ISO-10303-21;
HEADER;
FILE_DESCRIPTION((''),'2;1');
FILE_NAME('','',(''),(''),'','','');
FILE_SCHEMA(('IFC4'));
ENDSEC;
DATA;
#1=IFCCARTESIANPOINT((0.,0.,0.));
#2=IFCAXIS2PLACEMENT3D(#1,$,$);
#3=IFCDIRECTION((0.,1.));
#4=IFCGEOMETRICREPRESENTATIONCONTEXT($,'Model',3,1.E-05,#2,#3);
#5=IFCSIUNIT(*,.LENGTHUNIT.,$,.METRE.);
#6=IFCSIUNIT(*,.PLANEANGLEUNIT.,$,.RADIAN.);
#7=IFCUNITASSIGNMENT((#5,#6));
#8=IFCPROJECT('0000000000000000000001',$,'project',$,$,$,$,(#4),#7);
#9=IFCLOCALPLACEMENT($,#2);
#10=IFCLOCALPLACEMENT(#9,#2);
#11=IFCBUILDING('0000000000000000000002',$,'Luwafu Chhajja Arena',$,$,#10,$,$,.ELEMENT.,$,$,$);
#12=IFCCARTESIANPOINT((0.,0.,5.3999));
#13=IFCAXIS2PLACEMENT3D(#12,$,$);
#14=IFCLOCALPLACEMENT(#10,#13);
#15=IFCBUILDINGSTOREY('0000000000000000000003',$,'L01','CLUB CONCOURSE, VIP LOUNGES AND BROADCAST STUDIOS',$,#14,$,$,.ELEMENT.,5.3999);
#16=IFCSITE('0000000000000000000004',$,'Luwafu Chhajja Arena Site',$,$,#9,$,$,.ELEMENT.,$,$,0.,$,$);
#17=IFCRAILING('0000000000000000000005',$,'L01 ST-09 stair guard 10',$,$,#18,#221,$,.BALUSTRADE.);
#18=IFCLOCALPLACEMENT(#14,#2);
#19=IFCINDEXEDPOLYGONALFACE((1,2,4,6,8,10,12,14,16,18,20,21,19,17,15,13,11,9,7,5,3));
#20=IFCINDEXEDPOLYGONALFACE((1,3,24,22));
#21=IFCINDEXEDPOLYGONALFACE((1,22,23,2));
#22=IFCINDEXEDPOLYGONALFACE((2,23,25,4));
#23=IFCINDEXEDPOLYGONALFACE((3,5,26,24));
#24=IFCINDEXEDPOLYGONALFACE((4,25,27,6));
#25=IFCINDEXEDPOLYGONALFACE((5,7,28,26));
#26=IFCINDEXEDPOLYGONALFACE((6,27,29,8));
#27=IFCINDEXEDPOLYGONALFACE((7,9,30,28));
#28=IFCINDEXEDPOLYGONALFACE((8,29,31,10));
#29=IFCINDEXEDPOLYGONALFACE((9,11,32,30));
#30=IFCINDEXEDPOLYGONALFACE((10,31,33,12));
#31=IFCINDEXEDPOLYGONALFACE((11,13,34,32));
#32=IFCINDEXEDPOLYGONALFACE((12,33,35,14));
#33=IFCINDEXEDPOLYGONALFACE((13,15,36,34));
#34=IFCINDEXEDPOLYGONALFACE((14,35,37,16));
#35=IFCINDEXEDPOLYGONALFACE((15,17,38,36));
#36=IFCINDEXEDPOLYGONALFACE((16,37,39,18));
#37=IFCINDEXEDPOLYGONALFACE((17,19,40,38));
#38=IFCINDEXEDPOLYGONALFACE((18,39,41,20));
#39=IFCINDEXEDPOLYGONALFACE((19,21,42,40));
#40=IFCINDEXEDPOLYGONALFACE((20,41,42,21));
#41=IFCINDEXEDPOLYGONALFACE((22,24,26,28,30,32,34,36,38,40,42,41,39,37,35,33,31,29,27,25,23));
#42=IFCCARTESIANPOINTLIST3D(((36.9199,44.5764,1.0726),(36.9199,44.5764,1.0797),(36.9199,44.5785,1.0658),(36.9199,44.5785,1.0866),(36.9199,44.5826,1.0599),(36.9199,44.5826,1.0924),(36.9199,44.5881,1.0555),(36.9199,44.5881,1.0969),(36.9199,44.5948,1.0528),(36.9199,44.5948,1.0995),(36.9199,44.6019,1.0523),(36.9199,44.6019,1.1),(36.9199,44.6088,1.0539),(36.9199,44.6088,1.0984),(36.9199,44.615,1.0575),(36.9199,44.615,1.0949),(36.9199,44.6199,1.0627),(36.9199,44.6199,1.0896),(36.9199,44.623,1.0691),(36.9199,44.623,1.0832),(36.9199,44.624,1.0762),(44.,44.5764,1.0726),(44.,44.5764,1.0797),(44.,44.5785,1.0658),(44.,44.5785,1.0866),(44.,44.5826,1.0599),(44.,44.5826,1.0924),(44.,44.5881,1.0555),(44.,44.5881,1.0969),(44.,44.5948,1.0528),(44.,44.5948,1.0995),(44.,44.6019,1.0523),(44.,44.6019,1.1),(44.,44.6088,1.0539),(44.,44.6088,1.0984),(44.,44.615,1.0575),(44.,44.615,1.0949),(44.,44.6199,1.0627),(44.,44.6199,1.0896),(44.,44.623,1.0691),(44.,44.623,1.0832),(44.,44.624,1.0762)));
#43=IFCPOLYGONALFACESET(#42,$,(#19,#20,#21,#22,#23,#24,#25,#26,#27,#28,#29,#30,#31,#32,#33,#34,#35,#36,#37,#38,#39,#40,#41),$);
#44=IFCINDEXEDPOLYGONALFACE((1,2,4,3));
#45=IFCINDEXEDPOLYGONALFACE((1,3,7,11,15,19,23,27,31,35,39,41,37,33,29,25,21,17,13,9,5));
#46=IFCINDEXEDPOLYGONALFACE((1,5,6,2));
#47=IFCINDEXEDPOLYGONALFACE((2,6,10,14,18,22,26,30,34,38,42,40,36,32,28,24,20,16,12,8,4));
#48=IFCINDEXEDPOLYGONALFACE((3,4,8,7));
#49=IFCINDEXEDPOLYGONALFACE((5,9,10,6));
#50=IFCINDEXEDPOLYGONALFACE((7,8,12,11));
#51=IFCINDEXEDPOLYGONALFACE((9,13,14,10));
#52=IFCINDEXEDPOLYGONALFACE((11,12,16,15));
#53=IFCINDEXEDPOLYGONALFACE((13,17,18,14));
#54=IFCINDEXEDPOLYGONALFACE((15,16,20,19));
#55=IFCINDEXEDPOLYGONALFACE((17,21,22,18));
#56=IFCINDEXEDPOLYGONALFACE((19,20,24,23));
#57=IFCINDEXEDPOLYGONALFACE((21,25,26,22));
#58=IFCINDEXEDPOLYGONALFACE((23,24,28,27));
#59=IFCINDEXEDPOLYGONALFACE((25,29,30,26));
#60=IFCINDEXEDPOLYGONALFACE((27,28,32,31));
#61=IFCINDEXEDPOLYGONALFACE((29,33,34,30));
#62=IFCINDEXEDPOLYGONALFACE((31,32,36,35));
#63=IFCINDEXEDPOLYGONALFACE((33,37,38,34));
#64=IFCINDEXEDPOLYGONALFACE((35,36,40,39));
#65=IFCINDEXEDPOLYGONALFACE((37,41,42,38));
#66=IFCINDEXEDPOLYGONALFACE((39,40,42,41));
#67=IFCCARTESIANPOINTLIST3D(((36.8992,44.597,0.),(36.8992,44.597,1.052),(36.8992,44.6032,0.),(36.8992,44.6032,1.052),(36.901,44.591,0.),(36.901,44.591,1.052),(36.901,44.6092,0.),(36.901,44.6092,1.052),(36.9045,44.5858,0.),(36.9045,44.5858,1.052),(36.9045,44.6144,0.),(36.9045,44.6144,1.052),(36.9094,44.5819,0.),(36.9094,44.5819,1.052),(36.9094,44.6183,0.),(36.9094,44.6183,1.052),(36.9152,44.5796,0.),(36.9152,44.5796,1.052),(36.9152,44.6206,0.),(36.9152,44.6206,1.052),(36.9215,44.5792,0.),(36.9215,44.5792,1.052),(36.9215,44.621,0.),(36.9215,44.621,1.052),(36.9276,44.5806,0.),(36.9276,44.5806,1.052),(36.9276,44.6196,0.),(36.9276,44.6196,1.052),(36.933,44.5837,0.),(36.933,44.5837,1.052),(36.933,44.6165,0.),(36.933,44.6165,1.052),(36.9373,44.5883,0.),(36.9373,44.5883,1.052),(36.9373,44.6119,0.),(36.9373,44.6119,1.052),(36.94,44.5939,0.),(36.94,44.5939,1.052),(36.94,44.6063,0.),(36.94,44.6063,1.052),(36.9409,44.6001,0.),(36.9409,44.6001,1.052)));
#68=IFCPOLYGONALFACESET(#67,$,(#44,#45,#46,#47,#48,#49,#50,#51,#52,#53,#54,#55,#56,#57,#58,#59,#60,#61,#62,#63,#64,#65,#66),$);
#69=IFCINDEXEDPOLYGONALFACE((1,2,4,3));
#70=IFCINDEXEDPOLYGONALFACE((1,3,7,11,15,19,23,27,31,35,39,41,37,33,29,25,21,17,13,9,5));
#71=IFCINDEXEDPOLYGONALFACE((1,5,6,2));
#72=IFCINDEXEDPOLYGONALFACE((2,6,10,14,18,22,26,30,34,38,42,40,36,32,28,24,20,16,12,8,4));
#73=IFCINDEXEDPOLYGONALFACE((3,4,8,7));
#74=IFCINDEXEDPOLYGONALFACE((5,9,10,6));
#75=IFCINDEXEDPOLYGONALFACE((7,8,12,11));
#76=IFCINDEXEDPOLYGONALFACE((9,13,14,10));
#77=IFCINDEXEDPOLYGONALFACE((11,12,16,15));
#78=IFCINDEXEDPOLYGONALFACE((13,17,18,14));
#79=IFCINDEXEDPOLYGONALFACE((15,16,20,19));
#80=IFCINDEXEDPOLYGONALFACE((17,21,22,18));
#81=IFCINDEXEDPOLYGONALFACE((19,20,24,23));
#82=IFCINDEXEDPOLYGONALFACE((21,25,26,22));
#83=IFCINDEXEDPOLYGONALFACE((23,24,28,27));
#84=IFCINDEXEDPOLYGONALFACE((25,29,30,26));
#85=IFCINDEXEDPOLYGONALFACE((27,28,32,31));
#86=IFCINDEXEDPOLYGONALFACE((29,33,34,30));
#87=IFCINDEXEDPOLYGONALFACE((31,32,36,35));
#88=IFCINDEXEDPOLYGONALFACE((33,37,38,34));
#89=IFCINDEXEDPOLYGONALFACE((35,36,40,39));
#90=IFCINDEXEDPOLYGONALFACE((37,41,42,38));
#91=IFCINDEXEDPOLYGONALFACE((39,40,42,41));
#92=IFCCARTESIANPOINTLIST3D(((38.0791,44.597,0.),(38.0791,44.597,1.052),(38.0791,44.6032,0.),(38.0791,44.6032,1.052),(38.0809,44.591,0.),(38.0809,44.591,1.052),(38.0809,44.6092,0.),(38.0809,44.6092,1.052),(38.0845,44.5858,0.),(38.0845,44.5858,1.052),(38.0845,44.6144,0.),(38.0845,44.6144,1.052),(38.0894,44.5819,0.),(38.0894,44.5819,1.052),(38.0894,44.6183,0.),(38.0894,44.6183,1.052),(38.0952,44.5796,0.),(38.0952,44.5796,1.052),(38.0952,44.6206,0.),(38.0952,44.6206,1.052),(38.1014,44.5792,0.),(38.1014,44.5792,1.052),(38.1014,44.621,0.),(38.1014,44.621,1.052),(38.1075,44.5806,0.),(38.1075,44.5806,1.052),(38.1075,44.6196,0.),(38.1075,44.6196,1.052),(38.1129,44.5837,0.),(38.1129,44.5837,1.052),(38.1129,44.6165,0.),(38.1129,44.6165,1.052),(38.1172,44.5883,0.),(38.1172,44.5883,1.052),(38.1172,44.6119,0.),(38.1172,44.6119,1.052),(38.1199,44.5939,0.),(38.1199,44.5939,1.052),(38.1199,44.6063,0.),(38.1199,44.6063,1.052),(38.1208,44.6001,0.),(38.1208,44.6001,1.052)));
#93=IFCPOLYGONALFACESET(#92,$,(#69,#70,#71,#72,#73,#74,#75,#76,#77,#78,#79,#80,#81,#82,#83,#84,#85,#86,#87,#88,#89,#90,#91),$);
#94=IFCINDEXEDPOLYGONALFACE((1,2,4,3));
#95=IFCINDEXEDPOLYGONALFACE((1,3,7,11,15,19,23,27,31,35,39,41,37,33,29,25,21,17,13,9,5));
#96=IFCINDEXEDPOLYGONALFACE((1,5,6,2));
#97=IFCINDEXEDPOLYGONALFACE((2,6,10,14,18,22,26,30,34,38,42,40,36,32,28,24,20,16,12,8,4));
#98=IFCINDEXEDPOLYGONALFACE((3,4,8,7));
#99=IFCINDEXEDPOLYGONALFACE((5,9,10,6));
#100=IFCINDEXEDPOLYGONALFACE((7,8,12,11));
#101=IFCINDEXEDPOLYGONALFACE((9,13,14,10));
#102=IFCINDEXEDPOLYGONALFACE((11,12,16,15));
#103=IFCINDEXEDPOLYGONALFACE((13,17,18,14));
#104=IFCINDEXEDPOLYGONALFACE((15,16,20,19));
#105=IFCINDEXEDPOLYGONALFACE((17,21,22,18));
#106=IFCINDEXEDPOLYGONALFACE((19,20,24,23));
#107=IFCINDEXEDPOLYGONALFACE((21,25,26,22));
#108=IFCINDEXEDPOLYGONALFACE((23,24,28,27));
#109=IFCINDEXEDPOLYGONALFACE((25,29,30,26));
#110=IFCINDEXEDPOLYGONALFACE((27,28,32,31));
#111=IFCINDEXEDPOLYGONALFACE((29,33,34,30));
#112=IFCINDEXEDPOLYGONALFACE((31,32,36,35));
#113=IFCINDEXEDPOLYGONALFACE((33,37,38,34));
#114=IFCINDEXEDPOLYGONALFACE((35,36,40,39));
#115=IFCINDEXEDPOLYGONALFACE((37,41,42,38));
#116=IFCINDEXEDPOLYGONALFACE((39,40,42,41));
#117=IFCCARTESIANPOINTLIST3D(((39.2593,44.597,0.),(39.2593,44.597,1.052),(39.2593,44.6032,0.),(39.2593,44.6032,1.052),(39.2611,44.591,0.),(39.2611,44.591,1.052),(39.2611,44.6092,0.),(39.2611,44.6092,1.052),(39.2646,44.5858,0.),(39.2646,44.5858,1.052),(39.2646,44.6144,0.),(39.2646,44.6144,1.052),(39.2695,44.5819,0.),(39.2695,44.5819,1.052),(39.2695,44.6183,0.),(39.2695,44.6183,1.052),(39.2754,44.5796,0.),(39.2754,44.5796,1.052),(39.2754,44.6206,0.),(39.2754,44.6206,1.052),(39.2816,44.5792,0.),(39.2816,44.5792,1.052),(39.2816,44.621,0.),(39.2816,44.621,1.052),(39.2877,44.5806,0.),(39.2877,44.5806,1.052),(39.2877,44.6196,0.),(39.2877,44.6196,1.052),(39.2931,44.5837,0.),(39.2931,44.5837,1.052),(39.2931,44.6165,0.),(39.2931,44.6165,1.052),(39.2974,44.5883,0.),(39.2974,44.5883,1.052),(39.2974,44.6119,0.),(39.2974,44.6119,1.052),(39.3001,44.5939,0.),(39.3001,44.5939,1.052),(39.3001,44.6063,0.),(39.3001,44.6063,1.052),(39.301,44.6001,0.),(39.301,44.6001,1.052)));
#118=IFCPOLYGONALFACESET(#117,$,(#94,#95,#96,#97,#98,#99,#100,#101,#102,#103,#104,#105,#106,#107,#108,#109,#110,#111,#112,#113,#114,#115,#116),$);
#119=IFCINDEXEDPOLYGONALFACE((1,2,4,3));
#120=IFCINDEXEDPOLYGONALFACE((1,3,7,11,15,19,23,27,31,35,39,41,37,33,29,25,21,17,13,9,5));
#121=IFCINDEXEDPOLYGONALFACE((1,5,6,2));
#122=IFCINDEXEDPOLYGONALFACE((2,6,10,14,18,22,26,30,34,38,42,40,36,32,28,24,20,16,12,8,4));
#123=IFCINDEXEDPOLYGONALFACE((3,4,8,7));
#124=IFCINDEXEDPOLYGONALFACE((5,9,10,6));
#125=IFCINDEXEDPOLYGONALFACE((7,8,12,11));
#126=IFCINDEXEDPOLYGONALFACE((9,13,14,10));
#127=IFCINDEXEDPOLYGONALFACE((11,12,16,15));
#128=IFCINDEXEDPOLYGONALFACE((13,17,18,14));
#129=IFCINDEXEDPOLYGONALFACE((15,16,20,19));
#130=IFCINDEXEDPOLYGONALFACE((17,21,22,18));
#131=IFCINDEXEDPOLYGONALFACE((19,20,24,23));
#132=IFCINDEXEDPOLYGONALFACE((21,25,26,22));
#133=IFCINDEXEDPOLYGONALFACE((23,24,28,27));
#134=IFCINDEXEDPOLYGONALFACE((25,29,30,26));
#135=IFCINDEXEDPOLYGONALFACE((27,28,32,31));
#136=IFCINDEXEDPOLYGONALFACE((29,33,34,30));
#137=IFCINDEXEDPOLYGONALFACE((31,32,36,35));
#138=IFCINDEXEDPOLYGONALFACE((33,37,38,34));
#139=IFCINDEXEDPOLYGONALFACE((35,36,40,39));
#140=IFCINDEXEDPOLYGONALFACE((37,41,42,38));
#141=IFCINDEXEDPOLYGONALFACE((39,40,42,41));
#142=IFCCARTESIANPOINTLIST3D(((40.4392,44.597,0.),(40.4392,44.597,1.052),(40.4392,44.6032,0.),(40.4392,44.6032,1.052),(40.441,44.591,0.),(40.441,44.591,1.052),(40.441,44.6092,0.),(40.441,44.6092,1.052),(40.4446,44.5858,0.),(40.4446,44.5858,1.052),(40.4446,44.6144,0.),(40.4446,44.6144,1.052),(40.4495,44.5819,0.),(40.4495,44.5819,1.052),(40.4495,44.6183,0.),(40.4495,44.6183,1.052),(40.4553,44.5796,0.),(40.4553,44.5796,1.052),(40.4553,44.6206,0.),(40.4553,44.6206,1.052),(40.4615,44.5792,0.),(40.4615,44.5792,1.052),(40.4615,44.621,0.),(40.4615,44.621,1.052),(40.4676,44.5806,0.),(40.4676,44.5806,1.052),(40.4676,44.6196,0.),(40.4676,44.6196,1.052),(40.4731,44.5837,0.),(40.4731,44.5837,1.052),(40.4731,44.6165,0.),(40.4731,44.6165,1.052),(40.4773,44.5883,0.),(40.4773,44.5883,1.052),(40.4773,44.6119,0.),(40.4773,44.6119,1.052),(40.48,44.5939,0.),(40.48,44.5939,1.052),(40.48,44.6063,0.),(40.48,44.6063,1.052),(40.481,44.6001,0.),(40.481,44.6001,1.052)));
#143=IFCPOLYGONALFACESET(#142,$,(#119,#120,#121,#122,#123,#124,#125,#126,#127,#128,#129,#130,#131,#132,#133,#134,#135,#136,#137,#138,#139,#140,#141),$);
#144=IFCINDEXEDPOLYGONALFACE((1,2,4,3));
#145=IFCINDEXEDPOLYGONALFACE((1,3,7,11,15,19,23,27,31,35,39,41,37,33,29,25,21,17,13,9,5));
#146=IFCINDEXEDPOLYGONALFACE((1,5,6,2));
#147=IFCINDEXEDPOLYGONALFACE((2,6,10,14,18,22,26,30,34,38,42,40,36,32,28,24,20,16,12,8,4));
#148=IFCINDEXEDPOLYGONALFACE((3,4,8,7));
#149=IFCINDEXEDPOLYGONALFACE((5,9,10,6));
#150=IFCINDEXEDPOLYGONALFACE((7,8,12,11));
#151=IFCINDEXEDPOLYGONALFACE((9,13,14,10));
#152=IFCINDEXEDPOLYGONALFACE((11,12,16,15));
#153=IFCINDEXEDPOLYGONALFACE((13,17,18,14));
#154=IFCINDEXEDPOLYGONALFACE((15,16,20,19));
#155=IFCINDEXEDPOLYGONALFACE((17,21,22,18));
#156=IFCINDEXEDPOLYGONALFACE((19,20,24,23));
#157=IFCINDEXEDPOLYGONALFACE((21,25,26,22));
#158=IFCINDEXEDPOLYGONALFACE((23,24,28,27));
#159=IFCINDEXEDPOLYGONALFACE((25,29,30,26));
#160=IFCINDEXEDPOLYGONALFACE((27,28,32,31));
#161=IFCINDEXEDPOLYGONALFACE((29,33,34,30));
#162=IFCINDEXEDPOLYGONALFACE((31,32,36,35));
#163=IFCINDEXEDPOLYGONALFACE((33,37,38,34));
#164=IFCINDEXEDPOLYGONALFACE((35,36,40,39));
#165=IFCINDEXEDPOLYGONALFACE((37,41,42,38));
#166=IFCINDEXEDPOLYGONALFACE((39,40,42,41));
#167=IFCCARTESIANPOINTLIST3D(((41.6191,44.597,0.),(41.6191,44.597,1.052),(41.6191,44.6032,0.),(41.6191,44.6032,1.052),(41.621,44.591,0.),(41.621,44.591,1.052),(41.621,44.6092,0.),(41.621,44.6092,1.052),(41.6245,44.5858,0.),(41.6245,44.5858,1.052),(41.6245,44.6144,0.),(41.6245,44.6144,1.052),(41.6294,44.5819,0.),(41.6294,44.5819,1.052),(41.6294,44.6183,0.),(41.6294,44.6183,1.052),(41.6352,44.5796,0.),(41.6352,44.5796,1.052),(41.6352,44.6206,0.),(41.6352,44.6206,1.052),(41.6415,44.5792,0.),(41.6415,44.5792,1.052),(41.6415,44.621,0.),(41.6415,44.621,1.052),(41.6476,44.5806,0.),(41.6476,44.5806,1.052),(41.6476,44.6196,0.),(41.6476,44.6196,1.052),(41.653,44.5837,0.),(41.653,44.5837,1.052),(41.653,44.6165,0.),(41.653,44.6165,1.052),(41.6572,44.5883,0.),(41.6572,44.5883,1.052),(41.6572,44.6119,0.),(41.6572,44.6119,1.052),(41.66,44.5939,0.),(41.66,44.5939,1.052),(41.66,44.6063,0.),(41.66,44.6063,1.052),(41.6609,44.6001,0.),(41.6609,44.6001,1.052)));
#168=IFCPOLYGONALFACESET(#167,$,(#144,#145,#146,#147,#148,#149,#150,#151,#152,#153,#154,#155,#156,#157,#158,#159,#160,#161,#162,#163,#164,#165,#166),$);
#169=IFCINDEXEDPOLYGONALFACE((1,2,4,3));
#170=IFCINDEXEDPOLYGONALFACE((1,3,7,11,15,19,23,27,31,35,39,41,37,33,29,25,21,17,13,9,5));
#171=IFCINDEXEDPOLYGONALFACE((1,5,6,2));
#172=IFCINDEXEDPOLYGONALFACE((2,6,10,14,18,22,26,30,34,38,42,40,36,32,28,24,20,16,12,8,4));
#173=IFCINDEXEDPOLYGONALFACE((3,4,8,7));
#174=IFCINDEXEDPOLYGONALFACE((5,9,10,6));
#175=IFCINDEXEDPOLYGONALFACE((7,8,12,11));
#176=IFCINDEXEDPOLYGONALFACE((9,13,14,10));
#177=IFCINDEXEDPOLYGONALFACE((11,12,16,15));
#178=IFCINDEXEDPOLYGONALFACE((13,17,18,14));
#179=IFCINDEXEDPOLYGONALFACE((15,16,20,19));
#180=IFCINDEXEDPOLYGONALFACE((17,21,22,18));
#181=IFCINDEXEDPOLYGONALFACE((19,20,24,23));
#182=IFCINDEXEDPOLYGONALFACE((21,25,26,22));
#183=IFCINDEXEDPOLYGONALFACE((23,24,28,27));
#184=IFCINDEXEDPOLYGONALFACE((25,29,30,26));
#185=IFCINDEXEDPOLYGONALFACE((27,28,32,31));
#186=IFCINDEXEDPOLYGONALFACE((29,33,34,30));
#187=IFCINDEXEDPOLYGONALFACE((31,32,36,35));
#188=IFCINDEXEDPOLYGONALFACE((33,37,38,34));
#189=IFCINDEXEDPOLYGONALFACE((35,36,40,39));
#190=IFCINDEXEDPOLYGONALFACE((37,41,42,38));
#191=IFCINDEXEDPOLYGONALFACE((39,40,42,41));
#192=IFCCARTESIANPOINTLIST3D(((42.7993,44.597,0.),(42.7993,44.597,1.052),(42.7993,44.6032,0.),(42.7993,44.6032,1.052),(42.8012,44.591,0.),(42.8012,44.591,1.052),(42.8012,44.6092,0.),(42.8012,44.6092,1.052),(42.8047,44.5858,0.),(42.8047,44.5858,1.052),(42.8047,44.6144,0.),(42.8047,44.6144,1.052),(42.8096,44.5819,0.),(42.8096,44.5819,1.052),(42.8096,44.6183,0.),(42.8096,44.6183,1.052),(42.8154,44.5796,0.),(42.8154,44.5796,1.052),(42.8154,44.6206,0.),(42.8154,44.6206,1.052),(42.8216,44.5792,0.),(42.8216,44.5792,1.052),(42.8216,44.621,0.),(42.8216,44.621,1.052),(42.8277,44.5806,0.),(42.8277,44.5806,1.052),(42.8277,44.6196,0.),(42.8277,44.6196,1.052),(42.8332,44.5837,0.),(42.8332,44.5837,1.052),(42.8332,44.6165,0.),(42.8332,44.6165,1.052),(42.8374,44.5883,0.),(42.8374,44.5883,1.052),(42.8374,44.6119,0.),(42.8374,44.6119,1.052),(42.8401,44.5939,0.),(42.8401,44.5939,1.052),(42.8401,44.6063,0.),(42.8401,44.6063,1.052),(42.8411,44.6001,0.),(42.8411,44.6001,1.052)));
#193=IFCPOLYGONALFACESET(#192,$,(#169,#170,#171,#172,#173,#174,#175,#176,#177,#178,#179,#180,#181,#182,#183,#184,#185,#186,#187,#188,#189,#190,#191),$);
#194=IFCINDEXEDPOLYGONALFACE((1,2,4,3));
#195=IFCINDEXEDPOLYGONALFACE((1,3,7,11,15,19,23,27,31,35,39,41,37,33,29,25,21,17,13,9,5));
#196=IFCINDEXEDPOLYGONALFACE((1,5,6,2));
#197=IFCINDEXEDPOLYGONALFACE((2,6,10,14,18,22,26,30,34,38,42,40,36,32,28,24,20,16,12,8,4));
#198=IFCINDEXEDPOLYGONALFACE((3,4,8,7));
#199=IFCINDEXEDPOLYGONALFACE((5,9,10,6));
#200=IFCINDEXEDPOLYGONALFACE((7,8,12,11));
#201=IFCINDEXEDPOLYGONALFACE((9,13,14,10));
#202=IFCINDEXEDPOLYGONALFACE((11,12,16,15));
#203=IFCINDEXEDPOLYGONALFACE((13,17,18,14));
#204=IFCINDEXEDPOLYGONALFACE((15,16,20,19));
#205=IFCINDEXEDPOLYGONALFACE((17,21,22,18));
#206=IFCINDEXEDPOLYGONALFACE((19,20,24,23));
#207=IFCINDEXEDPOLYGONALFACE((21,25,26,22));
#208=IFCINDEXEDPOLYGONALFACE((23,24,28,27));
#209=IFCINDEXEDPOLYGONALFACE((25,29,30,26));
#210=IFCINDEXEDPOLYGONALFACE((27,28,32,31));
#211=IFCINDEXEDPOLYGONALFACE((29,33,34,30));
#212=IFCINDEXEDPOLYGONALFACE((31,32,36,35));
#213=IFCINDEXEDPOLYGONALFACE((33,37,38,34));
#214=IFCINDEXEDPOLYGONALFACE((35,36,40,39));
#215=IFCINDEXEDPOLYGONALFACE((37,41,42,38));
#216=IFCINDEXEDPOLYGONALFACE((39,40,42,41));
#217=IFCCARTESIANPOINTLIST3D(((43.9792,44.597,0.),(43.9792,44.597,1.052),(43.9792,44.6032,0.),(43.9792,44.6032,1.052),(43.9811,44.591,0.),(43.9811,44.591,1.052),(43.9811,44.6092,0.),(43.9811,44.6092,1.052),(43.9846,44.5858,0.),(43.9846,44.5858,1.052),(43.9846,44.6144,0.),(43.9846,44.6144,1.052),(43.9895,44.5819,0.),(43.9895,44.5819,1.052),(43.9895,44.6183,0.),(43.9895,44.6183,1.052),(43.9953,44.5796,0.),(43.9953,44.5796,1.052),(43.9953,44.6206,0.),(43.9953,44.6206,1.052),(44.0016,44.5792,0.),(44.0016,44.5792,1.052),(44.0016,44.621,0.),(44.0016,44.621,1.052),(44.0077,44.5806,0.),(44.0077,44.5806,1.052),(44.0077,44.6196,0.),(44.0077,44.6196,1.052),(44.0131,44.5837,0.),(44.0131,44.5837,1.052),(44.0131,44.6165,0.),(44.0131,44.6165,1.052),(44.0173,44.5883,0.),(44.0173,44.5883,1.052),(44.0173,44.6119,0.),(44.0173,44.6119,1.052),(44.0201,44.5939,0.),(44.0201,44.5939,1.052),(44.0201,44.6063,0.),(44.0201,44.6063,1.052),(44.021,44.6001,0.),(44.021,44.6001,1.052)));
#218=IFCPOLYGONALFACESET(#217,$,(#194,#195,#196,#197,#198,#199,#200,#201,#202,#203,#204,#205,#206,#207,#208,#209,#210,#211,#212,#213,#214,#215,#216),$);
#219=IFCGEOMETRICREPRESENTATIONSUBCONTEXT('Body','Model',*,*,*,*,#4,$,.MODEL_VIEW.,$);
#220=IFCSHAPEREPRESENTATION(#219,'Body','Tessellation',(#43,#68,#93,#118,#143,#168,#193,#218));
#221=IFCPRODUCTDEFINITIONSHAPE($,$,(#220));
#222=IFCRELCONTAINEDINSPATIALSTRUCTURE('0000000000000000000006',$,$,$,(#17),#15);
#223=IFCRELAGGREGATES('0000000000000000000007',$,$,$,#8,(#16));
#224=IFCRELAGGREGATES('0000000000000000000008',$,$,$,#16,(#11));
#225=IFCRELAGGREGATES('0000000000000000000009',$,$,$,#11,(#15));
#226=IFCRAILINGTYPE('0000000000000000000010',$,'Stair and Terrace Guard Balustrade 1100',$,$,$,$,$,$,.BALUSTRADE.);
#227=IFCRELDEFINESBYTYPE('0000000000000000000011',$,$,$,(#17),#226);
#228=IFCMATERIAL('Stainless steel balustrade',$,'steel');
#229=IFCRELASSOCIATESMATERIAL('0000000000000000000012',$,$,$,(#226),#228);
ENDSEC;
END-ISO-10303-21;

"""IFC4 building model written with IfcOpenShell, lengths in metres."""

from ifc_helpers import new_model, si_unit, direction, frame, origin, origin_2d, place, context, subcontext, project, spatial, circle, extrude, material, type_object, element, save


model = new_model("IFC4")

# Units and contexts
model_context = context("Model", 3, precision=1e-05, world=origin(), true_north=direction((0.0, 1.0)))
body_context = subcontext(model_context, "Body", "Model", "MODEL_VIEW")
ifc_project = project(units=[si_unit("LENGTHUNIT", "METRE"), si_unit("PLANEANGLEUNIT", "RADIAN")], contexts=[model_context])

# Site, building, storey
site_placement = place(None, origin())
site = spatial("IfcSite", under=ifc_project, at=site_placement, Name="Luwafu Chhajja Arena Site", CompositionType="ELEMENT", RefElevation=0.0)
building_placement = place(site_placement, origin())
building = spatial("IfcBuilding", under=site, at=building_placement, Name="Luwafu Chhajja Arena", CompositionType="ELEMENT")
storey_placement = place(building_placement, frame((0.0, 0.0, 5.3999)))
storey = spatial("IfcBuildingStorey", under=building, at=storey_placement, Name="L01", Description="CLUB CONCOURSE, VIP LOUNGES AND BROADCAST STUDIOS", CompositionType="ELEMENT", Elevation=5.3999)

# Railing
ifc_material_1 = material(Name="Stainless steel balustrade", Category="steel")
railing_type_1 = type_object("IfcRailingType", Name="Stair and Terrace Guard Balustrade 1100", PredefinedType="BALUSTRADE", material=ifc_material_1)
railing_1_placement = place(storey_placement, frame((36.9199, 44.6001, 0.0)))
element("IfcRailing", 1, at=railing_1_placement, inside=storey, type_object=railing_type_1, Name="L01 ST-09 stair guard 10", PredefinedType="BALUSTRADE", context=body_context, shape_type="SweptSolid", body=[
    extrude(circle(Radius=0.0239, at=origin_2d()), frame((0.0, 0.0, 1.0762), z_axis=(1.0, 0.0, 0.0), x_axis=(0.0, 1.0, 0.0)), (0.0, 0.0, 1.0), 7.0801),
    extrude(circle(Radius=0.021, at=origin_2d()), origin(), (0.0, 0.0, 1.0), 1.052),
    extrude(circle(Radius=0.021, at=origin_2d()), frame((1.1799, 0.0, 0.0)), (0.0, 0.0, 1.0), 1.052),
    extrude(circle(Radius=0.021, at=origin_2d()), frame((2.3601, 0.0, 0.0)), (0.0, 0.0, 1.0), 1.052),
    extrude(circle(Radius=0.021, at=origin_2d()), frame((3.54, 0.0, 0.0)), (0.0, 0.0, 1.0), 1.052),
    extrude(circle(Radius=0.021, at=origin_2d()), frame((4.72, 0.0, 0.0)), (0.0, 0.0, 1.0), 1.052),
    extrude(circle(Radius=0.021, at=origin_2d()), frame((5.9001, 0.0, 0.0)), (0.0, 0.0, 1.0), 1.052),
    extrude(circle(Radius=0.021, at=origin_2d()), frame((7.0801, 0.0, 0.0)), (0.0, 0.0, 1.0), 1.052),
])

save(model, "model.ifc")
